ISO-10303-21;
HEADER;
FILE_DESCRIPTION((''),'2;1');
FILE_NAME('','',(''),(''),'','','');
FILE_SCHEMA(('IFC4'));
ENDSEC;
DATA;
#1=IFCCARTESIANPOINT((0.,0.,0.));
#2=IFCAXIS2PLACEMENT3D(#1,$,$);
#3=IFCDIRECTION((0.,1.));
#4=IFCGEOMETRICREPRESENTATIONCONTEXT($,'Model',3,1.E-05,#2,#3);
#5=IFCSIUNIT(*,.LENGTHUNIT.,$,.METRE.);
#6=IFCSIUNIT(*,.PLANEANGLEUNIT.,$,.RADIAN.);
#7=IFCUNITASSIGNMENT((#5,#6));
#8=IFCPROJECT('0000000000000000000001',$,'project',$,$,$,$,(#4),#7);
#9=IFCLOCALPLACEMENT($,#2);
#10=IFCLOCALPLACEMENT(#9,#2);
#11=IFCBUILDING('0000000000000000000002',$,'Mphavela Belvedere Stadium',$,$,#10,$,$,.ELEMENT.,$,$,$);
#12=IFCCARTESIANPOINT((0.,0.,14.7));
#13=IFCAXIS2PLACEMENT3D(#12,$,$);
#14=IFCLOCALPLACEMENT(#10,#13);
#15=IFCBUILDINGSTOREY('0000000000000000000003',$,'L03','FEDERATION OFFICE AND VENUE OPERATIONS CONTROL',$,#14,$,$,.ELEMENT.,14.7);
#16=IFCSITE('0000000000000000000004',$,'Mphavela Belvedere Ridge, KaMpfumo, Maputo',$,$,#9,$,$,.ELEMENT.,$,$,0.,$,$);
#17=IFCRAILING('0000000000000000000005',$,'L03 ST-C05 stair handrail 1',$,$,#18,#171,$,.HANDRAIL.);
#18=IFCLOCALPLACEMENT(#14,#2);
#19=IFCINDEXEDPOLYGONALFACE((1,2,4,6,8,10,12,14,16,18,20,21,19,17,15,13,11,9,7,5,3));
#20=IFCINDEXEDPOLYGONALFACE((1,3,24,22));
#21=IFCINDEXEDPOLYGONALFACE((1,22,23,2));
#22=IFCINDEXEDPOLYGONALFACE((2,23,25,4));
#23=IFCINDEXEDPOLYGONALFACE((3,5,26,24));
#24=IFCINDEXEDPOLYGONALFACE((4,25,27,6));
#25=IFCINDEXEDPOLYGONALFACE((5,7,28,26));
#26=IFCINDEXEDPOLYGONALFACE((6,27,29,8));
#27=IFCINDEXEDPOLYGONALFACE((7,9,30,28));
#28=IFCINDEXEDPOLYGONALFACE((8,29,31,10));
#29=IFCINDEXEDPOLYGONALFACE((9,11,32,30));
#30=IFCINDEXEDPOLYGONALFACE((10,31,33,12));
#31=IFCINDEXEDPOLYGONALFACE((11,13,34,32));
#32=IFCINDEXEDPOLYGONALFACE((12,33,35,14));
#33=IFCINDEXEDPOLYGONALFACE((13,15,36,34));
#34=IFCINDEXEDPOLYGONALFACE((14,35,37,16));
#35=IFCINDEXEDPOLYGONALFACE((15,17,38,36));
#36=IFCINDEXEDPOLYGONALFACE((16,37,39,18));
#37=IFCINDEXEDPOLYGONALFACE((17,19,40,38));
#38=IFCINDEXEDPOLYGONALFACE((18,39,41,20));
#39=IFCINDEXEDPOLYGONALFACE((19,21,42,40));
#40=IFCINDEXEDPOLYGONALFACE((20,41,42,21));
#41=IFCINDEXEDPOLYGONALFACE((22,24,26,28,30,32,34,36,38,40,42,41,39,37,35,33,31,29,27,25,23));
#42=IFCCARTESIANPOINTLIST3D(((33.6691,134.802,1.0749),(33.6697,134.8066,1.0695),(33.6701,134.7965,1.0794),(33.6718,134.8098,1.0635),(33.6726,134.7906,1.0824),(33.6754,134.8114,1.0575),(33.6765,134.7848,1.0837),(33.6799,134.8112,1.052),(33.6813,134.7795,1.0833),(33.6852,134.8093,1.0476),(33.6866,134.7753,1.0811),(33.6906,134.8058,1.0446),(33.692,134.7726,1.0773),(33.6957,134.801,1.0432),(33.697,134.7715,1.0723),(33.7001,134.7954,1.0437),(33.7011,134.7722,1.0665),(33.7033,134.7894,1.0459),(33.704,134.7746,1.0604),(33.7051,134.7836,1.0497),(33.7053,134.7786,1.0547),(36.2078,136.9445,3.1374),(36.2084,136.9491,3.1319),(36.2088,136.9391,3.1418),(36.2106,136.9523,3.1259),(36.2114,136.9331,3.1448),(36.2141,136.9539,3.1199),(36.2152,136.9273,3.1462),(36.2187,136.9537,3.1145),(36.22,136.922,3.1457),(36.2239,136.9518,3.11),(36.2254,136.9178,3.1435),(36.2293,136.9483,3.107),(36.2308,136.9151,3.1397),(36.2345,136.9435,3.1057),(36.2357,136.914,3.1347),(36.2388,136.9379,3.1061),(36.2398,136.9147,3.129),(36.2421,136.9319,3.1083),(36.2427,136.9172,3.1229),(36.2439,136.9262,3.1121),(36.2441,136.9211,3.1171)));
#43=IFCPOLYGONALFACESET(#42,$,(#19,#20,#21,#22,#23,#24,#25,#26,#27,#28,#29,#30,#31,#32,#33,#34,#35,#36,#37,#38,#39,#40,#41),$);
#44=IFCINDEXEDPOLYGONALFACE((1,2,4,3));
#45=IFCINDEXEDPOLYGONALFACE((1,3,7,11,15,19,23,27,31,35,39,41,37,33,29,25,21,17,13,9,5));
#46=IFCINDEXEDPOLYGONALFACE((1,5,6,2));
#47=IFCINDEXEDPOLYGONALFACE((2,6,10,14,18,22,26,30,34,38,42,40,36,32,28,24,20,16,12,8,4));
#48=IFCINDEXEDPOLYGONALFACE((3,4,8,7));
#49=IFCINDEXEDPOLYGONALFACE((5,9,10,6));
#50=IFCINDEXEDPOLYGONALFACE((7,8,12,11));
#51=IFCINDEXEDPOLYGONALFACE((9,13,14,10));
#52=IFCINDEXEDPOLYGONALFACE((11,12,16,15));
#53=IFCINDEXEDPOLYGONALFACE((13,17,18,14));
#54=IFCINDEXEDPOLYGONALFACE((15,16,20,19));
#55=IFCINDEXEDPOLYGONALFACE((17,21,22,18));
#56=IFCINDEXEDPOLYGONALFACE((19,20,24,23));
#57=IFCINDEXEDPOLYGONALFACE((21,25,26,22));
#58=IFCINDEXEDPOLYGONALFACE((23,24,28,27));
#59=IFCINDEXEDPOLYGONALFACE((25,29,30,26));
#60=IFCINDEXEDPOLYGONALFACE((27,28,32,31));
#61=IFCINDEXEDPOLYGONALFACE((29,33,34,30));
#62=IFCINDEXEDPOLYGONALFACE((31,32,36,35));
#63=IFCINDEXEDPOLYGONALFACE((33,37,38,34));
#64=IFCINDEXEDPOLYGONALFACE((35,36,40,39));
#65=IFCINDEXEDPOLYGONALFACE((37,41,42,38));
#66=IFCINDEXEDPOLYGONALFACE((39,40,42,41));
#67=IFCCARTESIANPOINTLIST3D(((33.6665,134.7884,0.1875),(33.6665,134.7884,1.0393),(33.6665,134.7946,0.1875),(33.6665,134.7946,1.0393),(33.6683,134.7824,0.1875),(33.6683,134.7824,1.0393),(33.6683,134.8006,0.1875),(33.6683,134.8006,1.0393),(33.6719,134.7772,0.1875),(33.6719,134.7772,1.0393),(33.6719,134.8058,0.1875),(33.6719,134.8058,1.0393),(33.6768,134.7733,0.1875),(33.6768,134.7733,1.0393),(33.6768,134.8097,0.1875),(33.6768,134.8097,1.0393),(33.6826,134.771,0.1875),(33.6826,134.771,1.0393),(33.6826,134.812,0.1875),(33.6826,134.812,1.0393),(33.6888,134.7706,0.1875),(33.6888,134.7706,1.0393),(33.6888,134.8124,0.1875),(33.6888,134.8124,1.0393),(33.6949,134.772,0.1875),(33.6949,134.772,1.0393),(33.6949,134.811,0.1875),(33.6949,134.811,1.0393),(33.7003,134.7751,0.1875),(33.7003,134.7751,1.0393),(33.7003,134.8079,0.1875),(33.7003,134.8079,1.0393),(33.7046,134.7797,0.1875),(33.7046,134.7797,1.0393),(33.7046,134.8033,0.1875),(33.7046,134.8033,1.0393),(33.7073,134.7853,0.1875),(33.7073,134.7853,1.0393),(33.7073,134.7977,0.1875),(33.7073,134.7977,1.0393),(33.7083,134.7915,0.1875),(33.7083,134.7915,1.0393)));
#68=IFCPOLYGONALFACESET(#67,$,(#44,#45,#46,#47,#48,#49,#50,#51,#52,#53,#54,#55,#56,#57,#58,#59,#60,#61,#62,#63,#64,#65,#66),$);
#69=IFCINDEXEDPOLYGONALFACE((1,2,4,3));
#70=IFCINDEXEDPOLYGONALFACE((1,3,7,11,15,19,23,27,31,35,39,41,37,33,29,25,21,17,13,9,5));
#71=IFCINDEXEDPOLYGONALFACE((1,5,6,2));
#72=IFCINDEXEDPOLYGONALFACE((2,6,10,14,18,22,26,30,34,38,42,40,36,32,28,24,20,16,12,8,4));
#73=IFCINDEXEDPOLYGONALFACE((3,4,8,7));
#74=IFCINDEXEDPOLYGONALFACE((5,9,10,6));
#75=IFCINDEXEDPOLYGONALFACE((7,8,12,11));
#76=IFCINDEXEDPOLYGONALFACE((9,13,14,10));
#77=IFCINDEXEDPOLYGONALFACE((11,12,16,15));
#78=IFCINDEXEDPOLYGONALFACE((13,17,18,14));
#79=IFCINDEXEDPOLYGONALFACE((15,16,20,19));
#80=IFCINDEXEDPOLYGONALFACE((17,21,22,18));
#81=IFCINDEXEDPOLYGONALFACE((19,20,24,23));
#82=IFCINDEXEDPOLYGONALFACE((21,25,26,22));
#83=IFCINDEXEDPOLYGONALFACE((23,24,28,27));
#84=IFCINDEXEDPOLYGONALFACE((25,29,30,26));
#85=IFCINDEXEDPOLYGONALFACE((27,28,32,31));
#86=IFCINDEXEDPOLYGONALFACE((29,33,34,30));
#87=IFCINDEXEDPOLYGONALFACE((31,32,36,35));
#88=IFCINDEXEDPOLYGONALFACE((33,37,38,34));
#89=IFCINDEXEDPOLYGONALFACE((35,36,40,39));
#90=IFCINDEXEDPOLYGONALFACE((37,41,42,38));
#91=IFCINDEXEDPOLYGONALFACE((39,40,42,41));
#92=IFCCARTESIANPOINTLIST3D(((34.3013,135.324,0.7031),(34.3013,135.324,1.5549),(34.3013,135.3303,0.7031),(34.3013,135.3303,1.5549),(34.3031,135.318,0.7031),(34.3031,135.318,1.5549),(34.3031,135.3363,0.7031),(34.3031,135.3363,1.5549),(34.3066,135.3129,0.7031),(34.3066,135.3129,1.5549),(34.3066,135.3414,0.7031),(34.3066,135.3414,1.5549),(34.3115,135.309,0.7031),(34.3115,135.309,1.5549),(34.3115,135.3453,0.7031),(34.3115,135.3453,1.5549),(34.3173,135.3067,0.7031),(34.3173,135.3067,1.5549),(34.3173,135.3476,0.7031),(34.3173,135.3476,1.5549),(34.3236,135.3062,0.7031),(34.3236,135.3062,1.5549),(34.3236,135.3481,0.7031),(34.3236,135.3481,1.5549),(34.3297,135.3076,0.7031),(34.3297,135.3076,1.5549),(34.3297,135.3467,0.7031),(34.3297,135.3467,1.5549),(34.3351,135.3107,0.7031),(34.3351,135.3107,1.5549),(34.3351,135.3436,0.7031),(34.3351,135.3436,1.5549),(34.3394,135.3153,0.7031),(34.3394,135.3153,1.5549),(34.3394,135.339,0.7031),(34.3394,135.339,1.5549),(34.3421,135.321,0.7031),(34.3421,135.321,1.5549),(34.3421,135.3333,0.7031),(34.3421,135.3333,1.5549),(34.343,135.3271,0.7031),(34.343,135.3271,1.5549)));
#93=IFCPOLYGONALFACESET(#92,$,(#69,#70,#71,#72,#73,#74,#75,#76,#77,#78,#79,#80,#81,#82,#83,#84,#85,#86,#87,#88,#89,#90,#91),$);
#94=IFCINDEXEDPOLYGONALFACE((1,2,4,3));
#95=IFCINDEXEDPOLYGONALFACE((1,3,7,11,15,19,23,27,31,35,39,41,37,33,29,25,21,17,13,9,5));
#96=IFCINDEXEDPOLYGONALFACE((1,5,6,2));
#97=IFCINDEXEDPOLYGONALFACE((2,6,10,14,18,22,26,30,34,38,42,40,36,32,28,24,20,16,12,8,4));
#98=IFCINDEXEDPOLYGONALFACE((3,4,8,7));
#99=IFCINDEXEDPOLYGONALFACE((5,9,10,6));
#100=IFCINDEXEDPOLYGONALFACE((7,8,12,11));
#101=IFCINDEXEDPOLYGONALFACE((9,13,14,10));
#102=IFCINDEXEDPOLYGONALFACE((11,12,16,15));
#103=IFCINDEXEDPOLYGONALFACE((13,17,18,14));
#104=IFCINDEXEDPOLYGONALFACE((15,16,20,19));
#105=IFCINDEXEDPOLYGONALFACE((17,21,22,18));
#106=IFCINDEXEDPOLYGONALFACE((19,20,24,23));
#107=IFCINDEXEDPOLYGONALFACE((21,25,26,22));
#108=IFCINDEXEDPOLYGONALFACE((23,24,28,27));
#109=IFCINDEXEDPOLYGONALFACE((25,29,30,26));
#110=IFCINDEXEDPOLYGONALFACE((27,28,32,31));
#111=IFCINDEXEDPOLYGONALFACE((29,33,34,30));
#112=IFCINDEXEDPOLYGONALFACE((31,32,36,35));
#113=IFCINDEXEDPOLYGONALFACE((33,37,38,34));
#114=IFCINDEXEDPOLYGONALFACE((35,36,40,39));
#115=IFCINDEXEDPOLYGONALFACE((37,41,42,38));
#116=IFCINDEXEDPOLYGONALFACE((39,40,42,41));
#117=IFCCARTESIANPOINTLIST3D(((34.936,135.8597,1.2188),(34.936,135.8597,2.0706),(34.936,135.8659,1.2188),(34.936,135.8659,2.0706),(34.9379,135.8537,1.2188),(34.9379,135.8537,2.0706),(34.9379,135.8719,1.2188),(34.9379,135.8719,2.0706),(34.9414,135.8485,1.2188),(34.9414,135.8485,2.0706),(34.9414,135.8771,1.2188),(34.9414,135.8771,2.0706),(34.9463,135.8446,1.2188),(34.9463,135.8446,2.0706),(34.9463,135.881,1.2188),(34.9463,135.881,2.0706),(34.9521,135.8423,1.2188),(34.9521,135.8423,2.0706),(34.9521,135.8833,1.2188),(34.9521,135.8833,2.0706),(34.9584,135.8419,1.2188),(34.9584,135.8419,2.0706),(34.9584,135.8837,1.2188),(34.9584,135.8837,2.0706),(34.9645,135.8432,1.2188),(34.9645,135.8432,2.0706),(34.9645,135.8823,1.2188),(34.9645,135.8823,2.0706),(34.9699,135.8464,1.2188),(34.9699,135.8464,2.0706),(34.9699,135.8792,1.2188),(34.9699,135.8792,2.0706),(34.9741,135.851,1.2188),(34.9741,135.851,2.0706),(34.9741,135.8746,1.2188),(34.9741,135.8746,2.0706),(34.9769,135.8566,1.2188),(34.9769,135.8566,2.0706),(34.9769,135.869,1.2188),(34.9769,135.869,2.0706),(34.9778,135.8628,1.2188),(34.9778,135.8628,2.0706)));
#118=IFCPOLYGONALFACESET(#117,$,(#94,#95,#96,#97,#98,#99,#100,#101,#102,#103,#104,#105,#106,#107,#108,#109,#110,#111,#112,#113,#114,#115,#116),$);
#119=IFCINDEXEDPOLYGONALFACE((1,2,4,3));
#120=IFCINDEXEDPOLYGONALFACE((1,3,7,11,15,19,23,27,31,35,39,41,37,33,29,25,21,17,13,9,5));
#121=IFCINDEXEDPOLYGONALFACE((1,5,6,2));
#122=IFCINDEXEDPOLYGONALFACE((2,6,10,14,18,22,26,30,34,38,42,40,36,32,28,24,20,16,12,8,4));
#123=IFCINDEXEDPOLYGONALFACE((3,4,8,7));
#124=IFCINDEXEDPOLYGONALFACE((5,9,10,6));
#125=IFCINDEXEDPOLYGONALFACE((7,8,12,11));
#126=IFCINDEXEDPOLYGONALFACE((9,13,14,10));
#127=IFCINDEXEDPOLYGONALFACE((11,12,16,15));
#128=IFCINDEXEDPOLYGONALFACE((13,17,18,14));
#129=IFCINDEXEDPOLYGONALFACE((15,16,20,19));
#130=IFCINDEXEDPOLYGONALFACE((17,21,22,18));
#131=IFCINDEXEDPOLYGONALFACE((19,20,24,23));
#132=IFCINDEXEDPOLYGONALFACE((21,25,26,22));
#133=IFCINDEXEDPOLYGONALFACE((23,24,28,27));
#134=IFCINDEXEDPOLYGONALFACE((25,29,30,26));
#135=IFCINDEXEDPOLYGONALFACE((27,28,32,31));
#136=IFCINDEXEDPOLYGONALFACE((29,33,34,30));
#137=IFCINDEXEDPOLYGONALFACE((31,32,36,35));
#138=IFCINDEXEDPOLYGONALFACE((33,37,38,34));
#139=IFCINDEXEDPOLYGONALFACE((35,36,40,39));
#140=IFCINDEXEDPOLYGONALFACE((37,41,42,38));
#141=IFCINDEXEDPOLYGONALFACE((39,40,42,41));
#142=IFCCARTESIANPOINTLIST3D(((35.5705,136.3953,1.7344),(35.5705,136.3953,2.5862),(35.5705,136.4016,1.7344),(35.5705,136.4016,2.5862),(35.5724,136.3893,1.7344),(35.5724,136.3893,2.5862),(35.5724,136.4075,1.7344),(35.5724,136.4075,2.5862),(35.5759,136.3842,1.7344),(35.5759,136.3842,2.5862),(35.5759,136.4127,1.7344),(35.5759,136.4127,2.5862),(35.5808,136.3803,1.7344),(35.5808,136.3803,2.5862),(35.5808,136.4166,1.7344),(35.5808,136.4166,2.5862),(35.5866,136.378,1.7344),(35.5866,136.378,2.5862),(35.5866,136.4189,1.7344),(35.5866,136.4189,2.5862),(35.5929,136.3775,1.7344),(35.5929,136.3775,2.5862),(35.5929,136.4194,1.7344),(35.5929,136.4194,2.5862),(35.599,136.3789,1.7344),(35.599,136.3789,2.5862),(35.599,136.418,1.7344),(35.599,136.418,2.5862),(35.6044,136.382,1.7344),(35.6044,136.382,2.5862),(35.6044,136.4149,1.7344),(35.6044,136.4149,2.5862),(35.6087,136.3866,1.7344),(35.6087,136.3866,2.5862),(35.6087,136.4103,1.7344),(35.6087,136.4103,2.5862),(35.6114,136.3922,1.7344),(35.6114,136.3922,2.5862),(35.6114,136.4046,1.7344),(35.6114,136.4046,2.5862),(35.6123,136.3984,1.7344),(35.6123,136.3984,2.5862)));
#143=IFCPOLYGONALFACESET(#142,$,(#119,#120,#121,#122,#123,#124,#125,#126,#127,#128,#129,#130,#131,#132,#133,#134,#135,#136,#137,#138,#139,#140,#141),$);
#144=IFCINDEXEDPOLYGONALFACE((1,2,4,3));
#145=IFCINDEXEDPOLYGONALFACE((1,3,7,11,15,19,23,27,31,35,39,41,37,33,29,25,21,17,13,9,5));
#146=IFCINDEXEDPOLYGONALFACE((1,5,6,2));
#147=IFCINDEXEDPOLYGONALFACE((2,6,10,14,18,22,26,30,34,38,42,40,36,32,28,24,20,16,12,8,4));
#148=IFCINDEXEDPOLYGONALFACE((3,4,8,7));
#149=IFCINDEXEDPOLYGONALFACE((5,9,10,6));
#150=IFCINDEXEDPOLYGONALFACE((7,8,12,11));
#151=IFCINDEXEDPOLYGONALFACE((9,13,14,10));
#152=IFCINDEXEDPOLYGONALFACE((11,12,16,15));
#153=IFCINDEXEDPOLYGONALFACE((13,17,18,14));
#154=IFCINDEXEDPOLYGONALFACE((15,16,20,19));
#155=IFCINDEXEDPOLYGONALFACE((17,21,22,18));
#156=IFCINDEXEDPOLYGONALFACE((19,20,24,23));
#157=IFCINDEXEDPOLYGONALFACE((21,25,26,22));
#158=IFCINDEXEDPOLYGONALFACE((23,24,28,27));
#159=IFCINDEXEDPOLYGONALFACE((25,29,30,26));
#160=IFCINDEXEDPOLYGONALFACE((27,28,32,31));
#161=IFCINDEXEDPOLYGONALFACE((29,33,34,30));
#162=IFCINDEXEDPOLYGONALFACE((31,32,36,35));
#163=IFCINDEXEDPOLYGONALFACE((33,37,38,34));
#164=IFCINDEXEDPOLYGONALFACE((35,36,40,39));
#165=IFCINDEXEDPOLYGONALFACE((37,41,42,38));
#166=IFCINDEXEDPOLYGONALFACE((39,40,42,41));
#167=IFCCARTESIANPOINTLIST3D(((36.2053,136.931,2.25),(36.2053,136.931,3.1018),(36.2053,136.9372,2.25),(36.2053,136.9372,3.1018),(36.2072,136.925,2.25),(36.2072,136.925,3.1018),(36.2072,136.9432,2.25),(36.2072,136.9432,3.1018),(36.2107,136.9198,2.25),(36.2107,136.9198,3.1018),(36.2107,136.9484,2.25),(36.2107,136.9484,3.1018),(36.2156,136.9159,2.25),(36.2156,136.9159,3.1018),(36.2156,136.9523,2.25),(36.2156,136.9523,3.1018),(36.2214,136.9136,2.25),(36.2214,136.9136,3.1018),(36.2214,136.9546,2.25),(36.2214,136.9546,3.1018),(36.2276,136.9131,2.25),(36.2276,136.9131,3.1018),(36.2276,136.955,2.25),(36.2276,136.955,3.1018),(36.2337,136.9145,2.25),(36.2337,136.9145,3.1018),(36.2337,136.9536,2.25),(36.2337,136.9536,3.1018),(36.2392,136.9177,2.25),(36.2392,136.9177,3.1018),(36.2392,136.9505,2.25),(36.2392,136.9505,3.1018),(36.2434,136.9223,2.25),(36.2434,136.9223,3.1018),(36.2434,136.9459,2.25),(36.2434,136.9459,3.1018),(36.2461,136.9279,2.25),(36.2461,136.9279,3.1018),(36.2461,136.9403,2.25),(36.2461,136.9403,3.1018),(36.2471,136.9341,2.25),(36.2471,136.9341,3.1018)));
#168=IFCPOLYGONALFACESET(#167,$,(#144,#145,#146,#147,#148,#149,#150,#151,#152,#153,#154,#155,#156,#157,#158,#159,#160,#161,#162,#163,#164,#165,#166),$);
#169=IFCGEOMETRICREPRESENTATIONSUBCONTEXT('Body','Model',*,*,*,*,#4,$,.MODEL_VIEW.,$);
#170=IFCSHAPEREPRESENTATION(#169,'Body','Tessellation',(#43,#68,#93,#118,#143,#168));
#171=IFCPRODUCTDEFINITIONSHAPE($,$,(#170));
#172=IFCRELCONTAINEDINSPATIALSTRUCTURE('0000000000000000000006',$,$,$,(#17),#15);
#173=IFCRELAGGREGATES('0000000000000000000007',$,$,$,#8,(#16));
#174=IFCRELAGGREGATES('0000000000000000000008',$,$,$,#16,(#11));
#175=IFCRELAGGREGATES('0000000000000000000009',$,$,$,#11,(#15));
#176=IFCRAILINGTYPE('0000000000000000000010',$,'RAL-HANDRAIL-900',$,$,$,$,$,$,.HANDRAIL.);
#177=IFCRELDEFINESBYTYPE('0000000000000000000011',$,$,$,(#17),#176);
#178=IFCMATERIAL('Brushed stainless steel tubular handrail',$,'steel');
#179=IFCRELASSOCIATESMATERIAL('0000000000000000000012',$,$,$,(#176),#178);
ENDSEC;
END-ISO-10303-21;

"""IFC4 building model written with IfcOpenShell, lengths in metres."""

from ifc_helpers import new_model, si_unit, direction, frame, origin, origin_2d, place, context, subcontext, project, spatial, circle, extrude, material, type_object, element, save


model = new_model("IFC4")

# Units and contexts
model_context = context("Model", 3, precision=1e-05, world=origin(), true_north=direction((0.0, 1.0)))
body_context = subcontext(model_context, "Body", "Model", "MODEL_VIEW")
ifc_project = project(units=[si_unit("LENGTHUNIT", "METRE"), si_unit("PLANEANGLEUNIT", "RADIAN")], contexts=[model_context])

# Site, building, storey
site_placement = place(None, origin())
site = spatial("IfcSite", under=ifc_project, at=site_placement, Name="Mphavela Belvedere Ridge, KaMpfumo, Maputo", CompositionType="ELEMENT", RefElevation=0.0)
building_placement = place(site_placement, origin())
building = spatial("IfcBuilding", under=site, at=building_placement, Name="Mphavela Belvedere Stadium", CompositionType="ELEMENT")
storey_placement = place(building_placement, frame((0.0, 0.0, 14.7)))
storey = spatial("IfcBuildingStorey", under=building, at=storey_placement, Name="L03", Description="FEDERATION OFFICE AND VENUE OPERATIONS CONTROL", CompositionType="ELEMENT", Elevation=14.7)

# Railing
ifc_material_1 = material(Name="Brushed stainless steel tubular handrail", Category="steel")
railing_type_1 = type_object("IfcRailingType", Name="RAL-HANDRAIL-900", PredefinedType="HANDRAIL", material=ifc_material_1)
railing_1_placement = place(storey_placement, frame((33.6873, 134.7915, 0.1875)))
element("IfcRailing", 1, at=railing_1_placement, inside=storey, type_object=railing_type_1, Name="L03 ST-C05 stair handrail 1", PredefinedType="HANDRAIL", context=body_context, shape_type="SweptSolid", body=[
    extrude(circle(Radius=0.0239, at=origin_2d()), frame((0.0, 0.0, 0.876), z_axis=(0.649271, 0.547937, 0.527458), x_axis=(-0.64495, 0.764225, 0.0)), (0.0, 0.0, 1.0), 3.9102),
    extrude(circle(Radius=0.021, at=origin_2d()), origin(), (0.0, 0.0, 1.0), 0.8518),
    extrude(circle(Radius=0.021, at=origin_2d()), frame((0.6348, 0.5356, 0.5156)), (0.0, 0.0, 1.0), 0.8518),
    extrude(circle(Radius=0.021, at=origin_2d()), frame((1.2695, 1.0713, 1.0312)), (0.0, 0.0, 1.0), 0.8518),
    extrude(circle(Radius=0.021, at=origin_2d()), frame((1.9041, 1.6069, 1.5469)), (0.0, 0.0, 1.0), 0.8518),
    extrude(circle(Radius=0.021, at=origin_2d()), frame((2.5388, 2.1426, 2.0625)), (0.0, 0.0, 1.0), 0.8518),
])

save(model, "model.ifc")
